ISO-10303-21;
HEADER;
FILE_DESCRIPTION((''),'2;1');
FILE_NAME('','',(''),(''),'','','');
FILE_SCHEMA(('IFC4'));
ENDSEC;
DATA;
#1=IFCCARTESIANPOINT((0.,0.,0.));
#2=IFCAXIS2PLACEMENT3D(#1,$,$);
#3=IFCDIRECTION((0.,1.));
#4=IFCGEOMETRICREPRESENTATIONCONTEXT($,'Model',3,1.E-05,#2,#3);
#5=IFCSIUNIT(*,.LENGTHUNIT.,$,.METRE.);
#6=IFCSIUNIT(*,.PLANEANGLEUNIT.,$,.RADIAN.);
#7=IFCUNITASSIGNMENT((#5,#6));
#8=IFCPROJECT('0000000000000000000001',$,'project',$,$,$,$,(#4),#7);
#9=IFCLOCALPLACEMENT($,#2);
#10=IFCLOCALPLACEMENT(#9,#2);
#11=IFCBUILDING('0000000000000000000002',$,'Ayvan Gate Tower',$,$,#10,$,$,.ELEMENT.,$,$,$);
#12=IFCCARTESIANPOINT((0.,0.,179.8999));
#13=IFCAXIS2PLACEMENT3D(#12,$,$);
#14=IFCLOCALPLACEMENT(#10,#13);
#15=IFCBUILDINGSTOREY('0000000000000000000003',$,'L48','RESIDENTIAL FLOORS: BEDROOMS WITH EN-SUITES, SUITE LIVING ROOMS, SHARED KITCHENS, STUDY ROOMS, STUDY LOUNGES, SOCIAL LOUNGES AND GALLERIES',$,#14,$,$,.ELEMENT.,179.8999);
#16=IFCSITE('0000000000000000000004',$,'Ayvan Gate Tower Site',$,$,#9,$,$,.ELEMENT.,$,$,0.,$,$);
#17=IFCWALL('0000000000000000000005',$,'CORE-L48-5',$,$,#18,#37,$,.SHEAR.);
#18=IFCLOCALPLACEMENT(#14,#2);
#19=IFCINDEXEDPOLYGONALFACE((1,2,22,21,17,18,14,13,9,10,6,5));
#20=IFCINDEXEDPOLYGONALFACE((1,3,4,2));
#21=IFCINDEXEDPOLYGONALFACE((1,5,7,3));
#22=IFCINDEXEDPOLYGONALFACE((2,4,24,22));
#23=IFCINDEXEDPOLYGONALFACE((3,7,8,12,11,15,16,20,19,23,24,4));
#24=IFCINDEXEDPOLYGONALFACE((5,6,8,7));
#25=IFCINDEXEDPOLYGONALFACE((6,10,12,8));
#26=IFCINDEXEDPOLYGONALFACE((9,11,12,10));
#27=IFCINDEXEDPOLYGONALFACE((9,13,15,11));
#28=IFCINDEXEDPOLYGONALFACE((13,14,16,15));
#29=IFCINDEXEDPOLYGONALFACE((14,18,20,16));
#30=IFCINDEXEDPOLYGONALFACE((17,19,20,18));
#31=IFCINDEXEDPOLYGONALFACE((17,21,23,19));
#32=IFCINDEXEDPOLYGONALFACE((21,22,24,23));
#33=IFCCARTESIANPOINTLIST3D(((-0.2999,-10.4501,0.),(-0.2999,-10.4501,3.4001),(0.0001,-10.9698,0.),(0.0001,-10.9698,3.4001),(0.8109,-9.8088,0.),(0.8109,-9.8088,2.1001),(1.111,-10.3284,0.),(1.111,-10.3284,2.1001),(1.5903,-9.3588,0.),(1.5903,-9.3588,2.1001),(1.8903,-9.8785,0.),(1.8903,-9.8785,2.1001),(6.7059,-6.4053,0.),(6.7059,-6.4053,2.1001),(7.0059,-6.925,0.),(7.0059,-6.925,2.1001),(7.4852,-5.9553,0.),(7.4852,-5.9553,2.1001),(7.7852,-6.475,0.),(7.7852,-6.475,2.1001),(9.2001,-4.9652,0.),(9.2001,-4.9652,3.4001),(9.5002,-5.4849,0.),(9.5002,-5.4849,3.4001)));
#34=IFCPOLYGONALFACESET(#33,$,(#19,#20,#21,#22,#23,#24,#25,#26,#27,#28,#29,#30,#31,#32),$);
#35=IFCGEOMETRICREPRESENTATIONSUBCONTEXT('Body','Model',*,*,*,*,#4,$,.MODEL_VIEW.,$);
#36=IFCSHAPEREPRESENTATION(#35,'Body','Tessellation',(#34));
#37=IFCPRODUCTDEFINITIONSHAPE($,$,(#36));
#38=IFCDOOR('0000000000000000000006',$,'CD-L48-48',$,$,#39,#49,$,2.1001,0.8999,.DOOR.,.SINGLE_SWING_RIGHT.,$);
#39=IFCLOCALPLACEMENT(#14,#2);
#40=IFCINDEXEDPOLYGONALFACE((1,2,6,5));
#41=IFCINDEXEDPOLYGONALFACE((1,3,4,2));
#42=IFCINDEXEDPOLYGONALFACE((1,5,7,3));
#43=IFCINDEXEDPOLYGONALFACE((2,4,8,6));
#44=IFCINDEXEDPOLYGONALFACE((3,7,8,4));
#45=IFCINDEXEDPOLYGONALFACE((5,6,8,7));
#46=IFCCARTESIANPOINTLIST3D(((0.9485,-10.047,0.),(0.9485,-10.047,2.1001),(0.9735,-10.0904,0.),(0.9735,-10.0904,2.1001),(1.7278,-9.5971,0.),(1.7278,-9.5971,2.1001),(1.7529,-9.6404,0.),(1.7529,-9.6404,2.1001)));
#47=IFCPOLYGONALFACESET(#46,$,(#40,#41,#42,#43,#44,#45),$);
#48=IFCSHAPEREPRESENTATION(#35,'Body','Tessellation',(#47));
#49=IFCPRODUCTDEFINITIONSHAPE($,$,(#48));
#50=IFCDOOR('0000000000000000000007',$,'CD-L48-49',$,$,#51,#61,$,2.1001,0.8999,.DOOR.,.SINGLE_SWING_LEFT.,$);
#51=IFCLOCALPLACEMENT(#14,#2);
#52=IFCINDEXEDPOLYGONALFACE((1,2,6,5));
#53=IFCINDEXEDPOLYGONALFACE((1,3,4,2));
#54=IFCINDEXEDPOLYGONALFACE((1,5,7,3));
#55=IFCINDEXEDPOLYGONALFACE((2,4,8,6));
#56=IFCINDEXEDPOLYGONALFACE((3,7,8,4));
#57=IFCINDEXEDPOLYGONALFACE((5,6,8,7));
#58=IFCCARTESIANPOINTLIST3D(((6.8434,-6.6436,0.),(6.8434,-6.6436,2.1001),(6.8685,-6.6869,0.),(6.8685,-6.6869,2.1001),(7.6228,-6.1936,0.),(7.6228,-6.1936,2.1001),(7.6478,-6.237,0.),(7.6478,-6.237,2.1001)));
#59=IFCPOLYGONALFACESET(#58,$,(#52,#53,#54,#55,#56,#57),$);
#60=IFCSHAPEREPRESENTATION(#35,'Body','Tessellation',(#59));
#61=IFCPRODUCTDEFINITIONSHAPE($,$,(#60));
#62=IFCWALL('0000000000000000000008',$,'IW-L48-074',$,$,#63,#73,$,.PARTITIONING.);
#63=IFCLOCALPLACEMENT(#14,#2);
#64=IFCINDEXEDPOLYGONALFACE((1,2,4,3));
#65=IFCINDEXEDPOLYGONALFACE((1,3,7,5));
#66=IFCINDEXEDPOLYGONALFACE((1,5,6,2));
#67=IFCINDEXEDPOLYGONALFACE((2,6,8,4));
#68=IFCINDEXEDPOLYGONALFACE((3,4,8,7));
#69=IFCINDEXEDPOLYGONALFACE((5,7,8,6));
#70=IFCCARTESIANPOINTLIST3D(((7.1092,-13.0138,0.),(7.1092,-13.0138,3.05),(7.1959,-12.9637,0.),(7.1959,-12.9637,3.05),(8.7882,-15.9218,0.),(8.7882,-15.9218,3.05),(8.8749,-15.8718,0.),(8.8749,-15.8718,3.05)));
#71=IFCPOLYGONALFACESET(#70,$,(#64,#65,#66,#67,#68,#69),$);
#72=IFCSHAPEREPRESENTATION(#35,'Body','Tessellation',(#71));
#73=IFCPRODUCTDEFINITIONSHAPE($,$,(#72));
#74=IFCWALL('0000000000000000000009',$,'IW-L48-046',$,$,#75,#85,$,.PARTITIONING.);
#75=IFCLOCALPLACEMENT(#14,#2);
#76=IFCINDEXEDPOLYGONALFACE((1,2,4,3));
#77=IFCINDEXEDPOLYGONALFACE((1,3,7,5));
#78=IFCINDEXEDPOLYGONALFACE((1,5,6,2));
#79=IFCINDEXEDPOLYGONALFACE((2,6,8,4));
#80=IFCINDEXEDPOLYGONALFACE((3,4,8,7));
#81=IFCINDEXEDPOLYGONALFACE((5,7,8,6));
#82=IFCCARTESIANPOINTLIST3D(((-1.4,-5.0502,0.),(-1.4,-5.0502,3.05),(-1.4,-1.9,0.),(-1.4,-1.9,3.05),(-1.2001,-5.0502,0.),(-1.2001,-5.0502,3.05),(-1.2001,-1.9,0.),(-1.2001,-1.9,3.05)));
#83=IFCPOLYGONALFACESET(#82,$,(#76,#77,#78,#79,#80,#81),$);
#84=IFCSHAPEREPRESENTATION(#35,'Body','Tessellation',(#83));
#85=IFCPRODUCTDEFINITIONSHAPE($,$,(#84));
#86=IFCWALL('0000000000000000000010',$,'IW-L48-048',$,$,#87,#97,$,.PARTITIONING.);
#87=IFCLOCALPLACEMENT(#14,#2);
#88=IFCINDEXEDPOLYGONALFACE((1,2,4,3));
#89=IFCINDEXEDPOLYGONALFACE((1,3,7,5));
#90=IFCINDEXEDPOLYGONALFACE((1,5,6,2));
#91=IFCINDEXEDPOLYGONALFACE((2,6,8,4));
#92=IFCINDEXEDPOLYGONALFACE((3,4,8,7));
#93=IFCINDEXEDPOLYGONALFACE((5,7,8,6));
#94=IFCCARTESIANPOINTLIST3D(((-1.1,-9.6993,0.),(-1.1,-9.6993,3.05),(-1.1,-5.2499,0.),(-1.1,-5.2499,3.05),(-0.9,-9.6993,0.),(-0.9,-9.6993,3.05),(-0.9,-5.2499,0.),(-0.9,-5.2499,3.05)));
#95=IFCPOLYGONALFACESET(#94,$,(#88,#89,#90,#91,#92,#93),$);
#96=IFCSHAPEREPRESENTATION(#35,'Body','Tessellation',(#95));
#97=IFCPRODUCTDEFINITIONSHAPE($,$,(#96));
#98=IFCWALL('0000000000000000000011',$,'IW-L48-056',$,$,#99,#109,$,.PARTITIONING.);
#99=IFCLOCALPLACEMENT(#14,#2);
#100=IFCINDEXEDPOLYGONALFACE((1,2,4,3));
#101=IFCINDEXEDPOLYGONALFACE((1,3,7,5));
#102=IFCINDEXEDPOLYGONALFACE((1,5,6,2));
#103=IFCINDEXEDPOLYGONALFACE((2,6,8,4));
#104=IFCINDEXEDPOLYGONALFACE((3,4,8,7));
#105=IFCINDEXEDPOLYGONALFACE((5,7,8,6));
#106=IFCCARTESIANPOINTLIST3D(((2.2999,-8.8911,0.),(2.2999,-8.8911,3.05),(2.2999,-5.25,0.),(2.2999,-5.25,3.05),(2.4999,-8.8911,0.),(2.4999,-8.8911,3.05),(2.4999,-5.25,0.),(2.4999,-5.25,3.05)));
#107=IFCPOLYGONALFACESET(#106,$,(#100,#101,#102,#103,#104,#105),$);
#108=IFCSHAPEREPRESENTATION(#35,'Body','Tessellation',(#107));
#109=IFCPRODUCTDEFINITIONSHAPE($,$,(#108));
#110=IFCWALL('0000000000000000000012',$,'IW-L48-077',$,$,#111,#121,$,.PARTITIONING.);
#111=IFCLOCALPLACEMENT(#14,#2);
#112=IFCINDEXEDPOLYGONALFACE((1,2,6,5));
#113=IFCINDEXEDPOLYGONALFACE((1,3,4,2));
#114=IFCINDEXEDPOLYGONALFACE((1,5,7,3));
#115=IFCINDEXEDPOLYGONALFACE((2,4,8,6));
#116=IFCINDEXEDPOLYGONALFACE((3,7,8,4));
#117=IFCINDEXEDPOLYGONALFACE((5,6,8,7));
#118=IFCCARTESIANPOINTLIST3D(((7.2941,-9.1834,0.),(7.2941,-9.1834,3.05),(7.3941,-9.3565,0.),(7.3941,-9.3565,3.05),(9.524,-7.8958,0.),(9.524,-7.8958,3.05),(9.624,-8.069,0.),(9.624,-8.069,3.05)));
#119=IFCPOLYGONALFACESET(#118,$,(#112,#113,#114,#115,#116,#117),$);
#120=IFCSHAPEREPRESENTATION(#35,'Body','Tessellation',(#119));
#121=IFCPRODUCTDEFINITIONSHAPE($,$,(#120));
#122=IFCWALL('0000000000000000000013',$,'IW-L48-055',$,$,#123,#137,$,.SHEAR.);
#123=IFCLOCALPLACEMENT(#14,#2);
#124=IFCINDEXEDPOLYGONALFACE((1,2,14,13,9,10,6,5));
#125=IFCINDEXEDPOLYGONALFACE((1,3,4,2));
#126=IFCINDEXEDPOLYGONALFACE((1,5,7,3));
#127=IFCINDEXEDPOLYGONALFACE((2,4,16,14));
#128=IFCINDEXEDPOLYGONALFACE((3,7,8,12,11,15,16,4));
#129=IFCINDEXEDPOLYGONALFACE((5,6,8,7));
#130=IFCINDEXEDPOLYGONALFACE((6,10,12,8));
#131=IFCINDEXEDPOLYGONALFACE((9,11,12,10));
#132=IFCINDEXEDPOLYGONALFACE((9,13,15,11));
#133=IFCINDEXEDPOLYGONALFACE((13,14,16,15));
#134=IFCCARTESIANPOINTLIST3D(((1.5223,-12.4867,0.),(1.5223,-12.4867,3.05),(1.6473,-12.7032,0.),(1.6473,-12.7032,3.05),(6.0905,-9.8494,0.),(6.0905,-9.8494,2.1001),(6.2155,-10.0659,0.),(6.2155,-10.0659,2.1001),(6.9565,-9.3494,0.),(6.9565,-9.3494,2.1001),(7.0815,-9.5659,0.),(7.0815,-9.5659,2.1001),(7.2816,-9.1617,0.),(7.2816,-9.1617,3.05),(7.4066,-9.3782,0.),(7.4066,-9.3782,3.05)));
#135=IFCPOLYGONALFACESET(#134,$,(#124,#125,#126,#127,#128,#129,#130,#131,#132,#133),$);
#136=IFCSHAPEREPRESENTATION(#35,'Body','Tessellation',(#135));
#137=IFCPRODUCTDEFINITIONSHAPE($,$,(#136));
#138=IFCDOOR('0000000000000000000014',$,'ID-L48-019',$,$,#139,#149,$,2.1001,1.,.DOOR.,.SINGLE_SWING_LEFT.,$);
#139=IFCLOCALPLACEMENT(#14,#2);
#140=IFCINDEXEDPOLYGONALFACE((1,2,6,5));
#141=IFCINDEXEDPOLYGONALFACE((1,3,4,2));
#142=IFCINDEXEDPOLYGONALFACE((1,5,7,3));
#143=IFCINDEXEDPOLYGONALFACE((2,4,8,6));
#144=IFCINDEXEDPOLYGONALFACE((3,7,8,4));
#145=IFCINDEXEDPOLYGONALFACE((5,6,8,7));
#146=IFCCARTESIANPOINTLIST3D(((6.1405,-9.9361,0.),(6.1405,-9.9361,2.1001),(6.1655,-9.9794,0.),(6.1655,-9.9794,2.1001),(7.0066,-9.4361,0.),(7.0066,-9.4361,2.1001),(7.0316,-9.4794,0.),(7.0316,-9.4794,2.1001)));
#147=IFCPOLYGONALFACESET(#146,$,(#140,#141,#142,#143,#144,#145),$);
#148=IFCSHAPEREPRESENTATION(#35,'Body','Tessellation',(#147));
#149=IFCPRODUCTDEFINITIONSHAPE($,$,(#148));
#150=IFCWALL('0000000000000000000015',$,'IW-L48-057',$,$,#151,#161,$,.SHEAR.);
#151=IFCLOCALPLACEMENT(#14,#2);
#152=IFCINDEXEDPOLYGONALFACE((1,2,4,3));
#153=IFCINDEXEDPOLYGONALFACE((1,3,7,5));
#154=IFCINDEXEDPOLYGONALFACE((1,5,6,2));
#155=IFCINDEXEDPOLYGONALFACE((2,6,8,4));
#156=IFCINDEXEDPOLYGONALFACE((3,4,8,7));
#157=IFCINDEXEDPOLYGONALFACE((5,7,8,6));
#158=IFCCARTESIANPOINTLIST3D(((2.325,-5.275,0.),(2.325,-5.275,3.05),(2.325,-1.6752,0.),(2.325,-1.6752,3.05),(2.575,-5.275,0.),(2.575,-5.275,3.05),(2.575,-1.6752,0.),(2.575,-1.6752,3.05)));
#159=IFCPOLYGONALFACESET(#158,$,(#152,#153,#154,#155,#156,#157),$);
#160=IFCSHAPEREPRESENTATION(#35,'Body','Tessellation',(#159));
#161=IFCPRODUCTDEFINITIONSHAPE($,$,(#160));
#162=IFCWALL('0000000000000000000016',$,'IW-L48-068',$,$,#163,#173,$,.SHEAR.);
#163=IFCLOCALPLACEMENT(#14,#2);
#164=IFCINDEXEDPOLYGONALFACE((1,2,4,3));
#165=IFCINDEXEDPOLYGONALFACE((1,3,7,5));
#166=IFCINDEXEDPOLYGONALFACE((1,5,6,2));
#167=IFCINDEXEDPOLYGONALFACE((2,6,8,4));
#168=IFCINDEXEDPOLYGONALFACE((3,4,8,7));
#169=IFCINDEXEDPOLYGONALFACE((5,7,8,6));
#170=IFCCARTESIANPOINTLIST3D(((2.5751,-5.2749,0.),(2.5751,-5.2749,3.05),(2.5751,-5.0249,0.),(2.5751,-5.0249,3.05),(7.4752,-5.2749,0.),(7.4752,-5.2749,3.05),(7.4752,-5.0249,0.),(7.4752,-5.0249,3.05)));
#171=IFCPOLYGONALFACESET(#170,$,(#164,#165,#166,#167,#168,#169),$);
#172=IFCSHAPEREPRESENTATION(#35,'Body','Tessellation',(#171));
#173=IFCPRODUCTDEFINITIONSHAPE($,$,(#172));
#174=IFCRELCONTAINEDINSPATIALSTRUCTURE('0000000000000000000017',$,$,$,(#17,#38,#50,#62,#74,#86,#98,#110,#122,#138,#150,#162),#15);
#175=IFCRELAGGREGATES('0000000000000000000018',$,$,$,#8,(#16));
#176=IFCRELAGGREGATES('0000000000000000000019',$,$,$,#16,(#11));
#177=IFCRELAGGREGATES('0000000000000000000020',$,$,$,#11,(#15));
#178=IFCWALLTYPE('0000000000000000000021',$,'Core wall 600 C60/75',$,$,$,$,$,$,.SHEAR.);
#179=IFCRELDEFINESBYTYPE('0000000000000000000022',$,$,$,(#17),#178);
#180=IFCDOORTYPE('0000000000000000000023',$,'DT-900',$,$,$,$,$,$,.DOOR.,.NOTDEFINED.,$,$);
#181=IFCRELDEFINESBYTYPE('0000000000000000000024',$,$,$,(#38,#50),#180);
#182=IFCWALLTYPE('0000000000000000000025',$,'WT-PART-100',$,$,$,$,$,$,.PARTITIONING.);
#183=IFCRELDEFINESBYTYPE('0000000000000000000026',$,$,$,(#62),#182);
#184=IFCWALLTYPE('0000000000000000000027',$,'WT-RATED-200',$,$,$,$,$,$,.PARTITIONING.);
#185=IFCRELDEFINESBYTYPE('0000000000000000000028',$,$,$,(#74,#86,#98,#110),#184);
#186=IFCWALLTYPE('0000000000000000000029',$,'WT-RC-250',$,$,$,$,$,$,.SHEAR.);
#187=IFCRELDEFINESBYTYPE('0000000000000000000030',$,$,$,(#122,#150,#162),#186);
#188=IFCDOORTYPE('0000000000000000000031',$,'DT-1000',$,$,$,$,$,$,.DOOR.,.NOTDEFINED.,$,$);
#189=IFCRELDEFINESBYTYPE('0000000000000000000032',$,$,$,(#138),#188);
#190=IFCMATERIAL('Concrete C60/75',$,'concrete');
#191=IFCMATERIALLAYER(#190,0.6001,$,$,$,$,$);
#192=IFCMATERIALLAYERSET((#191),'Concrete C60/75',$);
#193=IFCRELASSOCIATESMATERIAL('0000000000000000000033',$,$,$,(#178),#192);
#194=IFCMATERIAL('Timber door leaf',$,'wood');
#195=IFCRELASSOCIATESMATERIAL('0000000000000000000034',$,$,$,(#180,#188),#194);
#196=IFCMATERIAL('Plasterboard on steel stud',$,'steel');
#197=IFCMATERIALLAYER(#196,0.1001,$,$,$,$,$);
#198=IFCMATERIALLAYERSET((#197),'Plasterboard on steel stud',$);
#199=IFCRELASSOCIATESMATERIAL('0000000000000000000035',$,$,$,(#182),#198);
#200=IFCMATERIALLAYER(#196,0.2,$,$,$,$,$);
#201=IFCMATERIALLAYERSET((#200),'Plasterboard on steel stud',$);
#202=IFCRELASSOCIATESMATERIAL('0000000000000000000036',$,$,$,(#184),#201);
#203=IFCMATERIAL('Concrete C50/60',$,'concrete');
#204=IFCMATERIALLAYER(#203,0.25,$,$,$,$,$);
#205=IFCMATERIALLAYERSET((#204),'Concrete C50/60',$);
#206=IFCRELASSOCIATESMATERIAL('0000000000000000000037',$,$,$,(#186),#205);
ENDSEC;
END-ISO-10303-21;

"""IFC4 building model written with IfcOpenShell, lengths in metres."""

from ifc_helpers import new_model, si_unit, direction, frame, frame_2d, origin, place, context, subcontext, project, spatial, rectangle, extrude, material, layer, layer_set, type_object, element, fill, save


model = new_model("IFC4")

# Units and contexts
model_context = context("Model", 3, precision=1e-05, world=origin(), true_north=direction((0.0, 1.0)))
body_context = subcontext(model_context, "Body", "Model", "MODEL_VIEW")
ifc_project = project(units=[si_unit("LENGTHUNIT", "METRE"), si_unit("PLANEANGLEUNIT", "RADIAN")], contexts=[model_context])

# Site, building, storey
site_placement = place(None, origin())
site = spatial("IfcSite", under=ifc_project, at=site_placement, Name="Ayvan Gate Tower Site", CompositionType="ELEMENT", RefElevation=0.0)
building_placement = place(site_placement, origin())
building = spatial("IfcBuilding", under=site, at=building_placement, Name="Ayvan Gate Tower", CompositionType="ELEMENT")
storey_placement = place(building_placement, frame((0.0, 0.0, 179.8999)))
storey = spatial("IfcBuildingStorey", under=building, at=storey_placement, Name="L48", Description="RESIDENTIAL FLOORS: BEDROOMS WITH EN-SUITES, SUITE LIVING ROOMS, SHARED KITCHENS, STUDY ROOMS, STUDY LOUNGES, SOCIAL LOUNGES AND GALLERIES", CompositionType="ELEMENT", Elevation=179.8999)

# Wall, openings, doors
ifc_material_1 = material(Name="Concrete C60/75", Category="concrete")
ifc_layer_1 = layer(ifc_material_1, 0.6001)
ifc_layer_set_1 = layer_set([ifc_layer_1], Name="Concrete C60/75")
wall_type_1 = type_object("IfcWallType", Name="Core wall 600 C60/75", PredefinedType="SHEAR", material=ifc_layer_set_1)
wall_1_placement = place(storey_placement, frame((-0.1499, -10.71, 0.0), z_axis=(0.0, 0.0, 1.0), x_axis=(0.866024, 0.500002, 0.0)))
wall_1 = element("IfcWall", 1, at=wall_1_placement, inside=storey, type_object=wall_type_1, Name="CORE-L48-5", PredefinedType="SHEAR", context=body_context, shape_type="SweptSolid", body=[
    extrude(rectangle(XDim=10.9697, YDim=0.6001, at=frame_2d((5.4849, 0.0))), origin(), (0.0, 0.0, 1.0), 3.4001),
])
opening_1_placement = place(wall_1_placement, frame((1.2827, 0.0, 0.0)))
opening_1 = element("IfcOpeningElement", 2, at=opening_1_placement, cuts=wall_1, PredefinedType="OPENING", context=body_context, shape_type="SweptSolid", body=[
    extrude(rectangle(XDim=0.8999, YDim=2.1001, at=frame_2d((0.45, 1.05))), frame((0.0, 0.3101, 0.0), z_axis=(0.0, -1.0, 0.0), x_axis=(1.0, 0.0, 0.0)), (0.0, 0.0, 1.0), 0.6201),
])
opening_2_placement = place(wall_1_placement, frame((8.0896, 0.0, 0.0)))
opening_2 = element("IfcOpeningElement", 3, at=opening_2_placement, cuts=wall_1, PredefinedType="OPENING", context=body_context, shape_type="SweptSolid", body=[
    extrude(rectangle(XDim=0.8999, YDim=2.1001, at=frame_2d((0.45, 1.05))), frame((0.0, 0.3101, 0.0), z_axis=(0.0, -1.0, 0.0), x_axis=(1.0, 0.0, 0.0)), (0.0, 0.0, 1.0), 0.6201),
])
ifc_material_2 = material(Name="Timber door leaf", Category="wood")
door_type_1 = type_object("IfcDoorType", Name="DT-900", OperationType="NOTDEFINED", PredefinedType="DOOR", material=ifc_material_2)
door_1_placement = place(opening_1_placement, origin())
door_1 = element("IfcDoor", 4, at=door_1_placement, inside=storey, type_object=door_type_1, Name="CD-L48-48", OperationType="SINGLE_SWING_RIGHT", OverallHeight=2.1001, OverallWidth=0.8999, PredefinedType="DOOR", context=body_context, shape_type="SweptSolid", body=[
    extrude(rectangle(XDim=0.8999, YDim=2.1001, at=frame_2d((0.45, 1.05))), frame((0.0, 0.0249, 0.0), z_axis=(0.0, -1.0, 0.0), x_axis=(1.0, 0.0, 0.0)), (0.0, 0.0, 1.0), 0.05),
])
fill(opening_1, door_1)
door_2_placement = place(opening_2_placement, origin())
door_2 = element("IfcDoor", 5, at=door_2_placement, inside=storey, type_object=door_type_1, Name="CD-L48-49", OperationType="SINGLE_SWING_LEFT", OverallHeight=2.1001, OverallWidth=0.8999, PredefinedType="DOOR", context=body_context, shape_type="SweptSolid", body=[
    extrude(rectangle(XDim=0.8999, YDim=2.1001, at=frame_2d((0.45, 1.05))), frame((0.0, 0.0249, 0.0), z_axis=(0.0, -1.0, 0.0), x_axis=(1.0, 0.0, 0.0)), (0.0, 0.0, 1.0), 0.05),
])
fill(opening_2, door_2)

# Walls
ifc_material_3 = material(Name="Plasterboard on steel stud", Category="steel")
ifc_layer_2 = layer(ifc_material_3, 0.1001)
ifc_layer_set_2 = layer_set([ifc_layer_2], Name="Plasterboard on steel stud")
wall_type_2 = type_object("IfcWallType", Name="WT-PART-100", PredefinedType="PARTITIONING", material=ifc_layer_set_2)
wall_2_placement = place(storey_placement, frame((7.1526, -12.9888, 0.0), z_axis=(0.0, 0.0, 1.0), x_axis=(0.50001, -0.86602, 0.0)))
element("IfcWall", 6, at=wall_2_placement, inside=storey, type_object=wall_type_2, Name="IW-L48-074", PredefinedType="PARTITIONING", context=body_context, shape_type="SweptSolid", body=[
    extrude(rectangle(XDim=3.3579, YDim=0.1001, at=frame_2d((1.679, 0.0))), origin(), (0.0, 0.0, 1.0), 3.05),
])
ifc_layer_3 = layer(ifc_material_3, 0.2)
ifc_layer_set_3 = layer_set([ifc_layer_3], Name="Plasterboard on steel stud")
wall_type_3 = type_object("IfcWallType", Name="WT-RATED-200", PredefinedType="PARTITIONING", material=ifc_layer_set_3)
wall_3_placement = place(storey_placement, frame((-1.3, -1.8999, 0.0), z_axis=(0.0, 0.0, 1.0), x_axis=(0.0, -1.0, 0.0)))
element("IfcWall", 7, at=wall_3_placement, inside=storey, type_object=wall_type_3, Name="IW-L48-046", PredefinedType="PARTITIONING", context=body_context, shape_type="SweptSolid", body=[
    extrude(rectangle(XDim=3.1501, YDim=0.2, at=frame_2d((1.5752, 0.0))), origin(), (0.0, 0.0, 1.0), 3.05),
])
wall_4_placement = place(storey_placement, frame((-1.0, -5.25, 0.0), z_axis=(0.0, 0.0, 1.0), x_axis=(0.0, -1.0, 0.0)))
element("IfcWall", 8, at=wall_4_placement, inside=storey, type_object=wall_type_3, Name="IW-L48-048", PredefinedType="PARTITIONING", context=body_context, shape_type="SweptSolid", body=[
    extrude(rectangle(XDim=4.4495, YDim=0.2, at=frame_2d((2.2246, 0.0))), origin(), (0.0, 0.0, 1.0), 3.05),
])
wall_5_placement = place(storey_placement, frame((2.3999, -5.25, 0.0), z_axis=(0.0, 0.0, 1.0), x_axis=(0.0, -1.0, 0.0)))
element("IfcWall", 9, at=wall_5_placement, inside=storey, type_object=wall_type_3, Name="IW-L48-056", PredefinedType="PARTITIONING", context=body_context, shape_type="SweptSolid", body=[
    extrude(rectangle(XDim=3.6411, YDim=0.2, at=frame_2d((1.8206, 0.0))), origin(), (0.0, 0.0, 1.0), 3.05),
])
wall_6_placement = place(storey_placement, frame((7.344, -9.27, 0.0), z_axis=(0.0, 0.0, 1.0), x_axis=(0.866006, 0.500034, 0.0)))
element("IfcWall", 10, at=wall_6_placement, inside=storey, type_object=wall_type_3, Name="IW-L48-077", PredefinedType="PARTITIONING", context=body_context, shape_type="SweptSolid", body=[
    extrude(rectangle(XDim=2.575, YDim=0.2, at=frame_2d((1.2876, 0.0))), origin(), (0.0, 0.0, 1.0), 3.05),
])

# Wall, opening, door
ifc_material_4 = material(Name="Concrete C50/60", Category="concrete")
ifc_layer_4 = layer(ifc_material_4, 0.25)
ifc_layer_set_4 = layer_set([ifc_layer_4], Name="Concrete C50/60")
wall_type_4 = type_object("IfcWallType", Name="WT-RC-250", PredefinedType="SHEAR", material=ifc_layer_set_4)
wall_7_placement = place(storey_placement, frame((1.5847, -12.595, 0.0), z_axis=(0.0, 0.0, 1.0), x_axis=(0.866036, 0.499981, 0.0)))
wall_7 = element("IfcWall", 11, at=wall_7_placement, inside=storey, type_object=wall_type_4, Name="IW-L48-055", PredefinedType="SHEAR", context=body_context, shape_type="SweptSolid", body=[
    extrude(rectangle(XDim=6.6501, YDim=0.25, at=frame_2d((3.3252, 0.0))), origin(), (0.0, 0.0, 1.0), 3.05),
])
opening_3_placement = place(wall_7_placement, frame((5.2749, 0.0, 0.0)))
opening_3 = element("IfcOpeningElement", 12, at=opening_3_placement, cuts=wall_7, PredefinedType="OPENING", context=body_context, shape_type="SweptSolid", body=[
    extrude(rectangle(XDim=1.0, YDim=2.1001, at=frame_2d((0.5, 1.05))), frame((0.0, 0.135, 0.0), z_axis=(0.0, -1.0, 0.0), x_axis=(1.0, 0.0, 0.0)), (0.0, 0.0, 1.0), 0.27),
])
door_type_2 = type_object("IfcDoorType", Name="DT-1000", OperationType="NOTDEFINED", PredefinedType="DOOR", material=ifc_material_2)
door_3_placement = place(opening_3_placement, origin())
door_3 = element("IfcDoor", 13, at=door_3_placement, inside=storey, type_object=door_type_2, Name="ID-L48-019", OperationType="SINGLE_SWING_LEFT", OverallHeight=2.1001, OverallWidth=1.0, PredefinedType="DOOR", context=body_context, shape_type="SweptSolid", body=[
    extrude(rectangle(XDim=1.0, YDim=2.1001, at=frame_2d((0.5, 1.05))), frame((0.0, 0.0249, 0.0), z_axis=(0.0, -1.0, 0.0), x_axis=(1.0, 0.0, 0.0)), (0.0, 0.0, 1.0), 0.05),
])
fill(opening_3, door_3)

# Walls
wall_8_placement = place(storey_placement, frame((2.45, -5.2749, 0.0), z_axis=(0.0, 0.0, 1.0), x_axis=(0.0, 1.0, 0.0)))
element("IfcWall", 14, at=wall_8_placement, inside=storey, type_object=wall_type_4, Name="IW-L48-057", PredefinedType="SHEAR", context=body_context, shape_type="SweptSolid", body=[
    extrude(rectangle(XDim=3.5999, YDim=0.25, at=frame_2d((1.7998, 0.0))), origin(), (0.0, 0.0, 1.0), 3.05),
])
wall_9_placement = place(storey_placement, frame((2.575, -5.1499, 0.0), z_axis=(0.0, 0.0, 1.0), x_axis=(1.0, 0.0, 0.0)))
element("IfcWall", 15, at=wall_9_placement, inside=storey, type_object=wall_type_4, Name="IW-L48-068", PredefinedType="SHEAR", context=body_context, shape_type="SweptSolid", body=[
    extrude(rectangle(XDim=4.9001, YDim=0.25, at=frame_2d((2.4502, 0.0))), origin(), (0.0, 0.0, 1.0), 3.05),
])

save(model, "model.ifc")
